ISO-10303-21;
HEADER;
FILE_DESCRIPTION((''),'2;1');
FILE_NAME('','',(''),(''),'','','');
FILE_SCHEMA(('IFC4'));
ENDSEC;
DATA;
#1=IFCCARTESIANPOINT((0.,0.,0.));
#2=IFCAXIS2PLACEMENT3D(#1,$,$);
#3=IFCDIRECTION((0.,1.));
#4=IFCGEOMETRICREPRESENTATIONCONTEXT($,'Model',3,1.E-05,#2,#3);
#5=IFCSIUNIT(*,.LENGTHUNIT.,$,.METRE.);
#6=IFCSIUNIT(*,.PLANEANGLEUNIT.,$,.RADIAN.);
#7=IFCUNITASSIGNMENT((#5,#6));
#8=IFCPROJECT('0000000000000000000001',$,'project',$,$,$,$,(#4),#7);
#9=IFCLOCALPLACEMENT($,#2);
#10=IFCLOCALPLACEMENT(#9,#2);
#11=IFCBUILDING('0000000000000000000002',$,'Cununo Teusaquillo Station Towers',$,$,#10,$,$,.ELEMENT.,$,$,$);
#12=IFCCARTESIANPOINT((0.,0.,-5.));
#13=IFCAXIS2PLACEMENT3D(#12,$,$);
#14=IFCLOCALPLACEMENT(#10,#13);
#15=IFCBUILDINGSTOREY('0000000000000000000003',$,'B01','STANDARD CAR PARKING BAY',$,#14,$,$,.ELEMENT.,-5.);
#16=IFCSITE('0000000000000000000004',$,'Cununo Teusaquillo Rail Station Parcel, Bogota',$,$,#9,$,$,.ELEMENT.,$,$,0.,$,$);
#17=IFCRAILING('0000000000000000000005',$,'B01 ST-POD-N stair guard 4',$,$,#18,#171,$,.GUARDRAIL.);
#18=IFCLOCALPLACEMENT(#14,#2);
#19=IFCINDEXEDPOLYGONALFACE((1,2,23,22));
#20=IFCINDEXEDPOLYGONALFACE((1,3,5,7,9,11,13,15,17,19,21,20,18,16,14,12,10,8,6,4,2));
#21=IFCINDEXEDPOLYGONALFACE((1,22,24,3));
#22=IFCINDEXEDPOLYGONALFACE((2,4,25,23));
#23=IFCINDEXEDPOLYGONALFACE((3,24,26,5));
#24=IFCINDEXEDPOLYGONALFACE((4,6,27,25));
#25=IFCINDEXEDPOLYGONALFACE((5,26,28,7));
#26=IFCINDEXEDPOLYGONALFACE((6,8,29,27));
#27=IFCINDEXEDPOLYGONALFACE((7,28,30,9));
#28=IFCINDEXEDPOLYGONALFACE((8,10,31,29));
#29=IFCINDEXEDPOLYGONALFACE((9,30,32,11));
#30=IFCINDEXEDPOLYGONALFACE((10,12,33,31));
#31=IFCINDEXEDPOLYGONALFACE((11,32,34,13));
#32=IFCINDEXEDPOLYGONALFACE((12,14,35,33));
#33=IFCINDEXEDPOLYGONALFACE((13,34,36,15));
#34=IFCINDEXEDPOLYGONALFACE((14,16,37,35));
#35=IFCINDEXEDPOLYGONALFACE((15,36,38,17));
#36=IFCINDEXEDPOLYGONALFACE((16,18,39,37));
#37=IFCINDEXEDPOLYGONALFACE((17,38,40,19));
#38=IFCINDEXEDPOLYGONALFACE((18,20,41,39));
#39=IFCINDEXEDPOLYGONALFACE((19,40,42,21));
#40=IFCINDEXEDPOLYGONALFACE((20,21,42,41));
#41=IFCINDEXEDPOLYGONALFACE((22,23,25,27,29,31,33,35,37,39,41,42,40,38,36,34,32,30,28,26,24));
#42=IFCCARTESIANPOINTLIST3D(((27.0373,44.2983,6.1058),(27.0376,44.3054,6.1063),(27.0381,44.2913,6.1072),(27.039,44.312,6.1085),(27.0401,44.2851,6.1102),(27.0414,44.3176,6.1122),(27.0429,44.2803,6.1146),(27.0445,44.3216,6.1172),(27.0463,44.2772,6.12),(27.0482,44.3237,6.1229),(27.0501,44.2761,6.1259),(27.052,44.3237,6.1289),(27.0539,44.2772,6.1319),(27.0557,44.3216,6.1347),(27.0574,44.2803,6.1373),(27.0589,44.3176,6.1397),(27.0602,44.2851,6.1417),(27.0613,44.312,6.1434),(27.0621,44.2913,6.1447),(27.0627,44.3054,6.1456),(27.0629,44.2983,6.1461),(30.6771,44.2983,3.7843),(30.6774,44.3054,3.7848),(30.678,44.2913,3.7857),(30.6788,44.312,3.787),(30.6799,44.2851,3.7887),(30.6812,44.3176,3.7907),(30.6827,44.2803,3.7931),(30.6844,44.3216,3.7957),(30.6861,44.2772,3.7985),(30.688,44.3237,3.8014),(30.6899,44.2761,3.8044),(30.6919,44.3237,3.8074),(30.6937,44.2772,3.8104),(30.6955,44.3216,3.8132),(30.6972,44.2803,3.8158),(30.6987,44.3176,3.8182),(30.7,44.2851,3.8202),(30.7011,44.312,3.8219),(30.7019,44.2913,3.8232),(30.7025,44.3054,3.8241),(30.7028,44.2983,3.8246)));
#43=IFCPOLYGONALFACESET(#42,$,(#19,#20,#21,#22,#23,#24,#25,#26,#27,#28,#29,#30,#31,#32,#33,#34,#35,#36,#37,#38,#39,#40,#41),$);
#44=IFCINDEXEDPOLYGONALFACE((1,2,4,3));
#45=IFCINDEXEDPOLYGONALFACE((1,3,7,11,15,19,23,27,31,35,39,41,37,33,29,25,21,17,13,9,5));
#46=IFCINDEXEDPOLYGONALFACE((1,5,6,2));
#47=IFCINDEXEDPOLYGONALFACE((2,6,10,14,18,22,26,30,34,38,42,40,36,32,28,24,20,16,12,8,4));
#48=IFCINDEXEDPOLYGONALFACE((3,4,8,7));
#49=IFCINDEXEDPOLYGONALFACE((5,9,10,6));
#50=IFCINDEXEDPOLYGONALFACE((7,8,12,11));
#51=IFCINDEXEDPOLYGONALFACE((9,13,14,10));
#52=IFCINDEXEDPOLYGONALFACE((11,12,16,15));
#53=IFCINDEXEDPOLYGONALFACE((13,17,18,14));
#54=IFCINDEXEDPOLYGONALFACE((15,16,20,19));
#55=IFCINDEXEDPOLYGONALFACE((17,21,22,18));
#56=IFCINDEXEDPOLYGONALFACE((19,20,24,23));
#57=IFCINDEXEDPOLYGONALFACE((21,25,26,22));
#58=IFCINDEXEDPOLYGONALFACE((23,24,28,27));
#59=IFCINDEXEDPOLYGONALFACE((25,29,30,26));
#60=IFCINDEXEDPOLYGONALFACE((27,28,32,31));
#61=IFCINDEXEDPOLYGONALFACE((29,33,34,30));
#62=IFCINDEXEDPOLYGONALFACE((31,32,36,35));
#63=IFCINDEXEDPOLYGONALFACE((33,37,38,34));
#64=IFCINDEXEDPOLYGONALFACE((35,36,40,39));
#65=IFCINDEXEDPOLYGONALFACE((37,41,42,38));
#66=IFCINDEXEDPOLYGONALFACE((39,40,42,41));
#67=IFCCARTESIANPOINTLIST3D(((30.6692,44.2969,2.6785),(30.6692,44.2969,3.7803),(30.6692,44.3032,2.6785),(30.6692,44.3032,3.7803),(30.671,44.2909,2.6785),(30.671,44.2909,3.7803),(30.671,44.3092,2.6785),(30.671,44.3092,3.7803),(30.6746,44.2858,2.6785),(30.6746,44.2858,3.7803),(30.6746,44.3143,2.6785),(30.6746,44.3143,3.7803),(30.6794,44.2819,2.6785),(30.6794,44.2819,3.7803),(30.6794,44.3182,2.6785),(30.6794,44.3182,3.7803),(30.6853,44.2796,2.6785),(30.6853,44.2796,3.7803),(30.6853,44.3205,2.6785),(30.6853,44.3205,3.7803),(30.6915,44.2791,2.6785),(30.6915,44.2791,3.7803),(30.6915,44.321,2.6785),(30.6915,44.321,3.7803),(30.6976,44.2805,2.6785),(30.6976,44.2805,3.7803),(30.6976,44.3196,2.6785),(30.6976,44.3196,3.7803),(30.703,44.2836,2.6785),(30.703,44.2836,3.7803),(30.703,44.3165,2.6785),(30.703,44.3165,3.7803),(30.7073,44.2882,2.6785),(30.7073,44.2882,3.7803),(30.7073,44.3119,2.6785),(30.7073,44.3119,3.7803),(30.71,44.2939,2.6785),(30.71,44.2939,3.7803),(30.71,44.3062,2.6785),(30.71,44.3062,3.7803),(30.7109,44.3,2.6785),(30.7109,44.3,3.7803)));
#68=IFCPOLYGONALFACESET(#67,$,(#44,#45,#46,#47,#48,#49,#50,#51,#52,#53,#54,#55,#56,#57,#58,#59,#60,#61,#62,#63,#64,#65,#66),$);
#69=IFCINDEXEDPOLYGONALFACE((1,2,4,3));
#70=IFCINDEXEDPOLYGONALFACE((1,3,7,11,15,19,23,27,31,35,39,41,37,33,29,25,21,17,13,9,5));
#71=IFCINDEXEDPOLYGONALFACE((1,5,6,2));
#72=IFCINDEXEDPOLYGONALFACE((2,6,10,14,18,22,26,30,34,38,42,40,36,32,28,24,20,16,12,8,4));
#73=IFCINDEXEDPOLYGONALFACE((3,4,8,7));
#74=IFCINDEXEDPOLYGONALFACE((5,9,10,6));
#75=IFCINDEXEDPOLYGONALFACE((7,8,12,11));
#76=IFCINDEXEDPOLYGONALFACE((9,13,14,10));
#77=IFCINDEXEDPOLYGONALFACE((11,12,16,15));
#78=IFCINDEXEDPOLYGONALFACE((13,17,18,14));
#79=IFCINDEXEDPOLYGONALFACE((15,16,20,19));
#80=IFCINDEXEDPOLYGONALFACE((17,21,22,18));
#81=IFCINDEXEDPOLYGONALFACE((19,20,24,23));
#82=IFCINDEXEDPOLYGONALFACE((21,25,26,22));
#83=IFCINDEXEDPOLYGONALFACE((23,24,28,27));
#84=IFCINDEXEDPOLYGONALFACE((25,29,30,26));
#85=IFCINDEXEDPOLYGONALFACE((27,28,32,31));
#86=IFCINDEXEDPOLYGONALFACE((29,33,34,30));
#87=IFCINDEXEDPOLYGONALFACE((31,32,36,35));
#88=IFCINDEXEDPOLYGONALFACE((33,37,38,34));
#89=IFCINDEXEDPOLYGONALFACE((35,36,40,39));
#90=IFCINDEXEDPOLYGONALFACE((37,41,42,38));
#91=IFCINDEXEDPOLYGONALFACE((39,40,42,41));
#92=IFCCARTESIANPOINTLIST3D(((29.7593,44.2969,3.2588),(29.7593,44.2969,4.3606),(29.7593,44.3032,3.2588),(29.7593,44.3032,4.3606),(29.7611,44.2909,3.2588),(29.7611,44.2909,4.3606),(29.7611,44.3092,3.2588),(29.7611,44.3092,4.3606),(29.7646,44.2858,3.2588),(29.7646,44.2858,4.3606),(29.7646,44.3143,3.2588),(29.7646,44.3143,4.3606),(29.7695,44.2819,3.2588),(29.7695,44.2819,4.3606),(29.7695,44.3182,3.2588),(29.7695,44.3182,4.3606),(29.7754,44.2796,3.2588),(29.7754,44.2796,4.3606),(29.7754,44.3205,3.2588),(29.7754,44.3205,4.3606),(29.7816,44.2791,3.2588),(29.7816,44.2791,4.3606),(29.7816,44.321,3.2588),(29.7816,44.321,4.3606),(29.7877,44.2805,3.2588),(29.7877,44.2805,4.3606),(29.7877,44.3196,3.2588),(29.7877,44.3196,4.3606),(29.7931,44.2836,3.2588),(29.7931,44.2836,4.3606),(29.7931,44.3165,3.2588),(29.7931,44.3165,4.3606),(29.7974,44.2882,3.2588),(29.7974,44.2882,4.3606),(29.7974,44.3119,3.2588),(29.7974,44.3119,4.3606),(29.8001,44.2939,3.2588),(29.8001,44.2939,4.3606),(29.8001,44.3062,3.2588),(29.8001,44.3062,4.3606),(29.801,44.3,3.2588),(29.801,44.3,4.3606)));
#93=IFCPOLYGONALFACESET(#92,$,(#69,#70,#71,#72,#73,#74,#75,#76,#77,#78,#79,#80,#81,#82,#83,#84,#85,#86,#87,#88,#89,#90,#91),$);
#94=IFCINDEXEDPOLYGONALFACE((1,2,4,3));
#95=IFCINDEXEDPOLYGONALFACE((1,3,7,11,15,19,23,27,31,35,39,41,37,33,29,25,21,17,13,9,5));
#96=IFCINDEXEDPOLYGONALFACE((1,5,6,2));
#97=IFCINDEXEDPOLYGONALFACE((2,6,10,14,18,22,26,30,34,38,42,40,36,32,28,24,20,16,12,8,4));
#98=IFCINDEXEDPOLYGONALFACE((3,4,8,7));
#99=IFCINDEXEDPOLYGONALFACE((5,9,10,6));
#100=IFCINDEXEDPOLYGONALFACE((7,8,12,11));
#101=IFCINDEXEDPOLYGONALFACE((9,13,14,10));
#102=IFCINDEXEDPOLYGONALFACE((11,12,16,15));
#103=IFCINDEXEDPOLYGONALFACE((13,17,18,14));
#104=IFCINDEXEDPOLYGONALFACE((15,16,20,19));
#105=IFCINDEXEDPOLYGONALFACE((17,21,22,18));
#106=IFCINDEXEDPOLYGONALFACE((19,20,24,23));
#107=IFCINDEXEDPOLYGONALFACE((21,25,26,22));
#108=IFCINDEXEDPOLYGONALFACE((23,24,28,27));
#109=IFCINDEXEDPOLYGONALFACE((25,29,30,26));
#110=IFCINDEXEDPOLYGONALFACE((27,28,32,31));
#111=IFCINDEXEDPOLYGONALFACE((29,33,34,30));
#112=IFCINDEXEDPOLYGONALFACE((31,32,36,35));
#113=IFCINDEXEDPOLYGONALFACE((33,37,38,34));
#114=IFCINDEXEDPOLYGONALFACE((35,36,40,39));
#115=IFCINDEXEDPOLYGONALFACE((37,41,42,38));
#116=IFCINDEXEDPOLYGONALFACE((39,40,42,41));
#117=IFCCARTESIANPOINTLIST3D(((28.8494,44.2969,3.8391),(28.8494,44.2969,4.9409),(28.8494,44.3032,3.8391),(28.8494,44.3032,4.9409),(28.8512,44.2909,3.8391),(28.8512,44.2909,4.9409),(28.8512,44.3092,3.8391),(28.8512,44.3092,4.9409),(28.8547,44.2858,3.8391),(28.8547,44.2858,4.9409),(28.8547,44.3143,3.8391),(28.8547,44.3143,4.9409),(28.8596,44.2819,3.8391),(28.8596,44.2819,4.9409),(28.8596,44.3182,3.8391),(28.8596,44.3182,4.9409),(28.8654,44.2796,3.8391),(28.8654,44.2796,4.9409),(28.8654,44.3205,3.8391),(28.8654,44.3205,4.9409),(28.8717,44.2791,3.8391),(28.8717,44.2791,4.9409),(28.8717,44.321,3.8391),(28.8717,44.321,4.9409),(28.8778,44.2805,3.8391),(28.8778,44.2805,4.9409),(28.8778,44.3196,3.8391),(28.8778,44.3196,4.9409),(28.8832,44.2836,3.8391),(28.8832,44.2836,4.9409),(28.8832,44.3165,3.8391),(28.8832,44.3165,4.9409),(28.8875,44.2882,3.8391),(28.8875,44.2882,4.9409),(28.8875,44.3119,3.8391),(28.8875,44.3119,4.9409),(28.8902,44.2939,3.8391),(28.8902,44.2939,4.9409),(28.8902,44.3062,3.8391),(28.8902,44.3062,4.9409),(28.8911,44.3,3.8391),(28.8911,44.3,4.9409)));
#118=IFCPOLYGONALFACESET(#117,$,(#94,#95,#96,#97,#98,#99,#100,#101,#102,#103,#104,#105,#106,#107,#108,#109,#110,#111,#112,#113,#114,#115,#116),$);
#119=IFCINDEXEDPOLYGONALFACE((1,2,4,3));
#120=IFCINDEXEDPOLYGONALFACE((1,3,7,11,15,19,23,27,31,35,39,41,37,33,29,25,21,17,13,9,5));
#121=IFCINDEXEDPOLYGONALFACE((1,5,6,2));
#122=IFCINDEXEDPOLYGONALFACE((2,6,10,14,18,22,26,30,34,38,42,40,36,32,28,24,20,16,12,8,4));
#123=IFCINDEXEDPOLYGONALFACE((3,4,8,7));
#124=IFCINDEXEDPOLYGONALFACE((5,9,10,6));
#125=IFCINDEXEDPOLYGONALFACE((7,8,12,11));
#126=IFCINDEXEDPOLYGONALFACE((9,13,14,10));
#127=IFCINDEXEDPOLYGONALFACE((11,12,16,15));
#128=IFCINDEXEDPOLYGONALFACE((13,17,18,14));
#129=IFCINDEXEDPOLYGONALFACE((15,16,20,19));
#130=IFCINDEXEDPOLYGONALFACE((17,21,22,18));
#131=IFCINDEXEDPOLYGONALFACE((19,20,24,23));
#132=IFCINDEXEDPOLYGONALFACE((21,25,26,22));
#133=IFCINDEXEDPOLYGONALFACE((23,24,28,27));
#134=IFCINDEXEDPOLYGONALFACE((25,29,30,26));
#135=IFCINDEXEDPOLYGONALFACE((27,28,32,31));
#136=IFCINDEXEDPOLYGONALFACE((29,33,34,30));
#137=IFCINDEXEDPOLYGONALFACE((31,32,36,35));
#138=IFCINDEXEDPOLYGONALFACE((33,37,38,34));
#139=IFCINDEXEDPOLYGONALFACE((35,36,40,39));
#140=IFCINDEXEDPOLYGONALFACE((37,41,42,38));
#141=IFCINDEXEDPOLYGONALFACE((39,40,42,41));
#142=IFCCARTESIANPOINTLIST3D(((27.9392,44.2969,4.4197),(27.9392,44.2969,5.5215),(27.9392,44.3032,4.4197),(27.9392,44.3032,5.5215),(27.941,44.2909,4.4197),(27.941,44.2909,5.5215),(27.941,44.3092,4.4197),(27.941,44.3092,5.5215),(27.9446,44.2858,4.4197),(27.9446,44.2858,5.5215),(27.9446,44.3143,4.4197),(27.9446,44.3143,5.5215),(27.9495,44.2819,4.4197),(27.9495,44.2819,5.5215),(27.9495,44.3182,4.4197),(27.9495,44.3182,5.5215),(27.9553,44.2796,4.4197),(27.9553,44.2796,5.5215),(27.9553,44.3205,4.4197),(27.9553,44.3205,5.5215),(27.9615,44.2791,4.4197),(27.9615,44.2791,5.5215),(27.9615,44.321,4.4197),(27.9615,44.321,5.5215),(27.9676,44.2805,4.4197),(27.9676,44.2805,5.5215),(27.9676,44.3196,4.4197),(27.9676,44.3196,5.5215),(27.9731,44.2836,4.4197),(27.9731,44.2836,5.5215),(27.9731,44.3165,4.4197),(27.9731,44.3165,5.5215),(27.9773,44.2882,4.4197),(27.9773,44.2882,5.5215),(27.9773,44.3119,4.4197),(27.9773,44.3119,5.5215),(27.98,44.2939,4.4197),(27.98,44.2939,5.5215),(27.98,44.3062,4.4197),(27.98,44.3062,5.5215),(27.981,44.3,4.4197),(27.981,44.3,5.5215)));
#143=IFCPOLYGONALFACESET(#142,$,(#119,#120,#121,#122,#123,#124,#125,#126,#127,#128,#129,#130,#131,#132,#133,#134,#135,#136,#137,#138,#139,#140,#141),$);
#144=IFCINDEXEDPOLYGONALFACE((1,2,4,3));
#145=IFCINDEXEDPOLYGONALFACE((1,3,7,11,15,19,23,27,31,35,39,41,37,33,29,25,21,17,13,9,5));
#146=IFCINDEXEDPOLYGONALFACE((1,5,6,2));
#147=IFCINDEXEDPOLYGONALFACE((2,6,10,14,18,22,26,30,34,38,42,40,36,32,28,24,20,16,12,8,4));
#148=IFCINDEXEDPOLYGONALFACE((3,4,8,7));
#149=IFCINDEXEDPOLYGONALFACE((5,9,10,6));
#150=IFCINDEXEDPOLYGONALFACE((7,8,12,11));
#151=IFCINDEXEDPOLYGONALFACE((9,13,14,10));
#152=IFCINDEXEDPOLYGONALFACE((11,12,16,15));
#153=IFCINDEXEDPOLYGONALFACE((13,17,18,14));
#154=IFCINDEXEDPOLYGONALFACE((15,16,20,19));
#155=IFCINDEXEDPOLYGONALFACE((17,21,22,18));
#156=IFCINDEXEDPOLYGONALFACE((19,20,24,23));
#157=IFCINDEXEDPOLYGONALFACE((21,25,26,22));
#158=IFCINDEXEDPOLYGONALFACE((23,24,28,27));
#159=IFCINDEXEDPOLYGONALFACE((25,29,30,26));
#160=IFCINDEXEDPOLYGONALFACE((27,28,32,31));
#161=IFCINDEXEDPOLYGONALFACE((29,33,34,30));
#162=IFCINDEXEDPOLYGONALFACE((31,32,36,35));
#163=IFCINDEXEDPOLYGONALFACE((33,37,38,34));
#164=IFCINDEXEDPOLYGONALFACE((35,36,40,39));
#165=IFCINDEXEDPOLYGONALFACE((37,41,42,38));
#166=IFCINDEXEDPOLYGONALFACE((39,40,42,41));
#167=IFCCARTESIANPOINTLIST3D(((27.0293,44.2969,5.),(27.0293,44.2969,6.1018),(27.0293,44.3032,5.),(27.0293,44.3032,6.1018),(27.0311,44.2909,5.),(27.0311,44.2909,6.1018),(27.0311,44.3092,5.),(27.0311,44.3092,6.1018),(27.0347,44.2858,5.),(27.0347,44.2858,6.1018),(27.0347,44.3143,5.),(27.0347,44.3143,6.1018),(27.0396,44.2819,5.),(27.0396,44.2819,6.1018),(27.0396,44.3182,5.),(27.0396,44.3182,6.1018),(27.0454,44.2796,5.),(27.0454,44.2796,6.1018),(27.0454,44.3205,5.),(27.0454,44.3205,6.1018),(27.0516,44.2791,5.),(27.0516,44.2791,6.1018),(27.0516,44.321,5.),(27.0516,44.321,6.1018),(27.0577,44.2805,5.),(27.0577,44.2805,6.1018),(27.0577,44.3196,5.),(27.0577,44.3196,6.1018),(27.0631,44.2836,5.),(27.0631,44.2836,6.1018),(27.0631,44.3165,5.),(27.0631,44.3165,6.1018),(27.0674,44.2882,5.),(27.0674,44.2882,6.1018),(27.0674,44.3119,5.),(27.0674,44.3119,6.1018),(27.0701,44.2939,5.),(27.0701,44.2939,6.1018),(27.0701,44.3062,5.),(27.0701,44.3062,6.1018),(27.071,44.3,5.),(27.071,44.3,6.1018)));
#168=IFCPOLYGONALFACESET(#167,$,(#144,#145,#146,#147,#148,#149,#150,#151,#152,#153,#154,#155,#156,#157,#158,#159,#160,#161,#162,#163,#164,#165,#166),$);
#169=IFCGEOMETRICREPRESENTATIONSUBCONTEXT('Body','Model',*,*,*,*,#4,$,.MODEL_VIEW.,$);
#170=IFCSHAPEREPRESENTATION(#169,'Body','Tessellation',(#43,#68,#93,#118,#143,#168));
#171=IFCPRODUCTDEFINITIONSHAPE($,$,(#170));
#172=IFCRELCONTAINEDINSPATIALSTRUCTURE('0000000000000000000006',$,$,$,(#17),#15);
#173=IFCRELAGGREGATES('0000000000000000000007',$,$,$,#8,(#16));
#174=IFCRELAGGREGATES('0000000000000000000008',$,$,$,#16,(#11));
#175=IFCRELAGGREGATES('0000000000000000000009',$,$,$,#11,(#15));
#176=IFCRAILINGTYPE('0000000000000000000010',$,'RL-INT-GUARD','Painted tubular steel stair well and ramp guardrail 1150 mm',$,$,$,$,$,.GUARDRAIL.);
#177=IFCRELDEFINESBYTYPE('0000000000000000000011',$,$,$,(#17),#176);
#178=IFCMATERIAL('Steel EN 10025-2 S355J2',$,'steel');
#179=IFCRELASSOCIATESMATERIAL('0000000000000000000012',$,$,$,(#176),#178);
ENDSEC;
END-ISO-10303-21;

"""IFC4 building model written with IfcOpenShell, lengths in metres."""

from ifc_helpers import new_model, si_unit, direction, frame, origin, origin_2d, place, context, subcontext, project, spatial, circle, extrude, material, type_object, element, save


model = new_model("IFC4")

# Units and contexts
model_context = context("Model", 3, precision=1e-05, world=origin(), true_north=direction((0.0, 1.0)))
body_context = subcontext(model_context, "Body", "Model", "MODEL_VIEW")
ifc_project = project(units=[si_unit("LENGTHUNIT", "METRE"), si_unit("PLANEANGLEUNIT", "RADIAN")], contexts=[model_context])

# Site, building, storey
site_placement = place(None, origin())
site = spatial("IfcSite", under=ifc_project, at=site_placement, Name="Cununo Teusaquillo Rail Station Parcel, Bogota", CompositionType="ELEMENT", RefElevation=0.0)
building_placement = place(site_placement, origin())
building = spatial("IfcBuilding", under=site, at=building_placement, Name="Cununo Teusaquillo Station Towers", CompositionType="ELEMENT")
storey_placement = place(building_placement, frame((0.0, 0.0, -5.0)))
storey = spatial("IfcBuildingStorey", under=building, at=storey_placement, Name="B01", Description="STANDARD CAR PARKING BAY", CompositionType="ELEMENT", Elevation=-5.0)

# Railing
ifc_material_1 = material(Name="Steel EN 10025-2 S355J2", Category="steel")
railing_type_1 = type_object("IfcRailingType", Name="RL-INT-GUARD", Description="Painted tubular steel stair well and ramp guardrail 1150 mm", PredefinedType="GUARDRAIL", material=ifc_material_1)
railing_1_placement = place(storey_placement, frame((30.6899, 44.3, 2.6785)))
element("IfcRailing", 1, at=railing_1_placement, inside=storey, type_object=railing_type_1, Name="B01 ST-POD-N stair guard 4", PredefinedType="GUARDRAIL", context=body_context, shape_type="SweptSolid", body=[
    extrude(circle(Radius=0.0239, at=origin_2d()), frame((0.0, 0.0, 1.126), z_axis=(-0.843112, 0.0, 0.537739), x_axis=(0.0, -1.0, 0.0)), (0.0, 0.0, 1.0), 4.3171),
    extrude(circle(Radius=0.021, at=origin_2d()), origin(), (0.0, 0.0, 1.0), 1.1018),
    extrude(circle(Radius=0.021, at=origin_2d()), frame((-0.9099, 0.0, 0.5803)), (0.0, 0.0, 1.0), 1.1018),
    extrude(circle(Radius=0.021, at=origin_2d()), frame((-1.8198, 0.0, 1.1606)), (0.0, 0.0, 1.0), 1.1018),
    extrude(circle(Radius=0.021, at=origin_2d()), frame((-2.73, 0.0, 1.7412)), (0.0, 0.0, 1.0), 1.1018),
    extrude(circle(Radius=0.021, at=origin_2d()), frame((-3.6399, 0.0, 2.3215)), (0.0, 0.0, 1.0), 1.1018),
])

save(model, "model.ifc")
